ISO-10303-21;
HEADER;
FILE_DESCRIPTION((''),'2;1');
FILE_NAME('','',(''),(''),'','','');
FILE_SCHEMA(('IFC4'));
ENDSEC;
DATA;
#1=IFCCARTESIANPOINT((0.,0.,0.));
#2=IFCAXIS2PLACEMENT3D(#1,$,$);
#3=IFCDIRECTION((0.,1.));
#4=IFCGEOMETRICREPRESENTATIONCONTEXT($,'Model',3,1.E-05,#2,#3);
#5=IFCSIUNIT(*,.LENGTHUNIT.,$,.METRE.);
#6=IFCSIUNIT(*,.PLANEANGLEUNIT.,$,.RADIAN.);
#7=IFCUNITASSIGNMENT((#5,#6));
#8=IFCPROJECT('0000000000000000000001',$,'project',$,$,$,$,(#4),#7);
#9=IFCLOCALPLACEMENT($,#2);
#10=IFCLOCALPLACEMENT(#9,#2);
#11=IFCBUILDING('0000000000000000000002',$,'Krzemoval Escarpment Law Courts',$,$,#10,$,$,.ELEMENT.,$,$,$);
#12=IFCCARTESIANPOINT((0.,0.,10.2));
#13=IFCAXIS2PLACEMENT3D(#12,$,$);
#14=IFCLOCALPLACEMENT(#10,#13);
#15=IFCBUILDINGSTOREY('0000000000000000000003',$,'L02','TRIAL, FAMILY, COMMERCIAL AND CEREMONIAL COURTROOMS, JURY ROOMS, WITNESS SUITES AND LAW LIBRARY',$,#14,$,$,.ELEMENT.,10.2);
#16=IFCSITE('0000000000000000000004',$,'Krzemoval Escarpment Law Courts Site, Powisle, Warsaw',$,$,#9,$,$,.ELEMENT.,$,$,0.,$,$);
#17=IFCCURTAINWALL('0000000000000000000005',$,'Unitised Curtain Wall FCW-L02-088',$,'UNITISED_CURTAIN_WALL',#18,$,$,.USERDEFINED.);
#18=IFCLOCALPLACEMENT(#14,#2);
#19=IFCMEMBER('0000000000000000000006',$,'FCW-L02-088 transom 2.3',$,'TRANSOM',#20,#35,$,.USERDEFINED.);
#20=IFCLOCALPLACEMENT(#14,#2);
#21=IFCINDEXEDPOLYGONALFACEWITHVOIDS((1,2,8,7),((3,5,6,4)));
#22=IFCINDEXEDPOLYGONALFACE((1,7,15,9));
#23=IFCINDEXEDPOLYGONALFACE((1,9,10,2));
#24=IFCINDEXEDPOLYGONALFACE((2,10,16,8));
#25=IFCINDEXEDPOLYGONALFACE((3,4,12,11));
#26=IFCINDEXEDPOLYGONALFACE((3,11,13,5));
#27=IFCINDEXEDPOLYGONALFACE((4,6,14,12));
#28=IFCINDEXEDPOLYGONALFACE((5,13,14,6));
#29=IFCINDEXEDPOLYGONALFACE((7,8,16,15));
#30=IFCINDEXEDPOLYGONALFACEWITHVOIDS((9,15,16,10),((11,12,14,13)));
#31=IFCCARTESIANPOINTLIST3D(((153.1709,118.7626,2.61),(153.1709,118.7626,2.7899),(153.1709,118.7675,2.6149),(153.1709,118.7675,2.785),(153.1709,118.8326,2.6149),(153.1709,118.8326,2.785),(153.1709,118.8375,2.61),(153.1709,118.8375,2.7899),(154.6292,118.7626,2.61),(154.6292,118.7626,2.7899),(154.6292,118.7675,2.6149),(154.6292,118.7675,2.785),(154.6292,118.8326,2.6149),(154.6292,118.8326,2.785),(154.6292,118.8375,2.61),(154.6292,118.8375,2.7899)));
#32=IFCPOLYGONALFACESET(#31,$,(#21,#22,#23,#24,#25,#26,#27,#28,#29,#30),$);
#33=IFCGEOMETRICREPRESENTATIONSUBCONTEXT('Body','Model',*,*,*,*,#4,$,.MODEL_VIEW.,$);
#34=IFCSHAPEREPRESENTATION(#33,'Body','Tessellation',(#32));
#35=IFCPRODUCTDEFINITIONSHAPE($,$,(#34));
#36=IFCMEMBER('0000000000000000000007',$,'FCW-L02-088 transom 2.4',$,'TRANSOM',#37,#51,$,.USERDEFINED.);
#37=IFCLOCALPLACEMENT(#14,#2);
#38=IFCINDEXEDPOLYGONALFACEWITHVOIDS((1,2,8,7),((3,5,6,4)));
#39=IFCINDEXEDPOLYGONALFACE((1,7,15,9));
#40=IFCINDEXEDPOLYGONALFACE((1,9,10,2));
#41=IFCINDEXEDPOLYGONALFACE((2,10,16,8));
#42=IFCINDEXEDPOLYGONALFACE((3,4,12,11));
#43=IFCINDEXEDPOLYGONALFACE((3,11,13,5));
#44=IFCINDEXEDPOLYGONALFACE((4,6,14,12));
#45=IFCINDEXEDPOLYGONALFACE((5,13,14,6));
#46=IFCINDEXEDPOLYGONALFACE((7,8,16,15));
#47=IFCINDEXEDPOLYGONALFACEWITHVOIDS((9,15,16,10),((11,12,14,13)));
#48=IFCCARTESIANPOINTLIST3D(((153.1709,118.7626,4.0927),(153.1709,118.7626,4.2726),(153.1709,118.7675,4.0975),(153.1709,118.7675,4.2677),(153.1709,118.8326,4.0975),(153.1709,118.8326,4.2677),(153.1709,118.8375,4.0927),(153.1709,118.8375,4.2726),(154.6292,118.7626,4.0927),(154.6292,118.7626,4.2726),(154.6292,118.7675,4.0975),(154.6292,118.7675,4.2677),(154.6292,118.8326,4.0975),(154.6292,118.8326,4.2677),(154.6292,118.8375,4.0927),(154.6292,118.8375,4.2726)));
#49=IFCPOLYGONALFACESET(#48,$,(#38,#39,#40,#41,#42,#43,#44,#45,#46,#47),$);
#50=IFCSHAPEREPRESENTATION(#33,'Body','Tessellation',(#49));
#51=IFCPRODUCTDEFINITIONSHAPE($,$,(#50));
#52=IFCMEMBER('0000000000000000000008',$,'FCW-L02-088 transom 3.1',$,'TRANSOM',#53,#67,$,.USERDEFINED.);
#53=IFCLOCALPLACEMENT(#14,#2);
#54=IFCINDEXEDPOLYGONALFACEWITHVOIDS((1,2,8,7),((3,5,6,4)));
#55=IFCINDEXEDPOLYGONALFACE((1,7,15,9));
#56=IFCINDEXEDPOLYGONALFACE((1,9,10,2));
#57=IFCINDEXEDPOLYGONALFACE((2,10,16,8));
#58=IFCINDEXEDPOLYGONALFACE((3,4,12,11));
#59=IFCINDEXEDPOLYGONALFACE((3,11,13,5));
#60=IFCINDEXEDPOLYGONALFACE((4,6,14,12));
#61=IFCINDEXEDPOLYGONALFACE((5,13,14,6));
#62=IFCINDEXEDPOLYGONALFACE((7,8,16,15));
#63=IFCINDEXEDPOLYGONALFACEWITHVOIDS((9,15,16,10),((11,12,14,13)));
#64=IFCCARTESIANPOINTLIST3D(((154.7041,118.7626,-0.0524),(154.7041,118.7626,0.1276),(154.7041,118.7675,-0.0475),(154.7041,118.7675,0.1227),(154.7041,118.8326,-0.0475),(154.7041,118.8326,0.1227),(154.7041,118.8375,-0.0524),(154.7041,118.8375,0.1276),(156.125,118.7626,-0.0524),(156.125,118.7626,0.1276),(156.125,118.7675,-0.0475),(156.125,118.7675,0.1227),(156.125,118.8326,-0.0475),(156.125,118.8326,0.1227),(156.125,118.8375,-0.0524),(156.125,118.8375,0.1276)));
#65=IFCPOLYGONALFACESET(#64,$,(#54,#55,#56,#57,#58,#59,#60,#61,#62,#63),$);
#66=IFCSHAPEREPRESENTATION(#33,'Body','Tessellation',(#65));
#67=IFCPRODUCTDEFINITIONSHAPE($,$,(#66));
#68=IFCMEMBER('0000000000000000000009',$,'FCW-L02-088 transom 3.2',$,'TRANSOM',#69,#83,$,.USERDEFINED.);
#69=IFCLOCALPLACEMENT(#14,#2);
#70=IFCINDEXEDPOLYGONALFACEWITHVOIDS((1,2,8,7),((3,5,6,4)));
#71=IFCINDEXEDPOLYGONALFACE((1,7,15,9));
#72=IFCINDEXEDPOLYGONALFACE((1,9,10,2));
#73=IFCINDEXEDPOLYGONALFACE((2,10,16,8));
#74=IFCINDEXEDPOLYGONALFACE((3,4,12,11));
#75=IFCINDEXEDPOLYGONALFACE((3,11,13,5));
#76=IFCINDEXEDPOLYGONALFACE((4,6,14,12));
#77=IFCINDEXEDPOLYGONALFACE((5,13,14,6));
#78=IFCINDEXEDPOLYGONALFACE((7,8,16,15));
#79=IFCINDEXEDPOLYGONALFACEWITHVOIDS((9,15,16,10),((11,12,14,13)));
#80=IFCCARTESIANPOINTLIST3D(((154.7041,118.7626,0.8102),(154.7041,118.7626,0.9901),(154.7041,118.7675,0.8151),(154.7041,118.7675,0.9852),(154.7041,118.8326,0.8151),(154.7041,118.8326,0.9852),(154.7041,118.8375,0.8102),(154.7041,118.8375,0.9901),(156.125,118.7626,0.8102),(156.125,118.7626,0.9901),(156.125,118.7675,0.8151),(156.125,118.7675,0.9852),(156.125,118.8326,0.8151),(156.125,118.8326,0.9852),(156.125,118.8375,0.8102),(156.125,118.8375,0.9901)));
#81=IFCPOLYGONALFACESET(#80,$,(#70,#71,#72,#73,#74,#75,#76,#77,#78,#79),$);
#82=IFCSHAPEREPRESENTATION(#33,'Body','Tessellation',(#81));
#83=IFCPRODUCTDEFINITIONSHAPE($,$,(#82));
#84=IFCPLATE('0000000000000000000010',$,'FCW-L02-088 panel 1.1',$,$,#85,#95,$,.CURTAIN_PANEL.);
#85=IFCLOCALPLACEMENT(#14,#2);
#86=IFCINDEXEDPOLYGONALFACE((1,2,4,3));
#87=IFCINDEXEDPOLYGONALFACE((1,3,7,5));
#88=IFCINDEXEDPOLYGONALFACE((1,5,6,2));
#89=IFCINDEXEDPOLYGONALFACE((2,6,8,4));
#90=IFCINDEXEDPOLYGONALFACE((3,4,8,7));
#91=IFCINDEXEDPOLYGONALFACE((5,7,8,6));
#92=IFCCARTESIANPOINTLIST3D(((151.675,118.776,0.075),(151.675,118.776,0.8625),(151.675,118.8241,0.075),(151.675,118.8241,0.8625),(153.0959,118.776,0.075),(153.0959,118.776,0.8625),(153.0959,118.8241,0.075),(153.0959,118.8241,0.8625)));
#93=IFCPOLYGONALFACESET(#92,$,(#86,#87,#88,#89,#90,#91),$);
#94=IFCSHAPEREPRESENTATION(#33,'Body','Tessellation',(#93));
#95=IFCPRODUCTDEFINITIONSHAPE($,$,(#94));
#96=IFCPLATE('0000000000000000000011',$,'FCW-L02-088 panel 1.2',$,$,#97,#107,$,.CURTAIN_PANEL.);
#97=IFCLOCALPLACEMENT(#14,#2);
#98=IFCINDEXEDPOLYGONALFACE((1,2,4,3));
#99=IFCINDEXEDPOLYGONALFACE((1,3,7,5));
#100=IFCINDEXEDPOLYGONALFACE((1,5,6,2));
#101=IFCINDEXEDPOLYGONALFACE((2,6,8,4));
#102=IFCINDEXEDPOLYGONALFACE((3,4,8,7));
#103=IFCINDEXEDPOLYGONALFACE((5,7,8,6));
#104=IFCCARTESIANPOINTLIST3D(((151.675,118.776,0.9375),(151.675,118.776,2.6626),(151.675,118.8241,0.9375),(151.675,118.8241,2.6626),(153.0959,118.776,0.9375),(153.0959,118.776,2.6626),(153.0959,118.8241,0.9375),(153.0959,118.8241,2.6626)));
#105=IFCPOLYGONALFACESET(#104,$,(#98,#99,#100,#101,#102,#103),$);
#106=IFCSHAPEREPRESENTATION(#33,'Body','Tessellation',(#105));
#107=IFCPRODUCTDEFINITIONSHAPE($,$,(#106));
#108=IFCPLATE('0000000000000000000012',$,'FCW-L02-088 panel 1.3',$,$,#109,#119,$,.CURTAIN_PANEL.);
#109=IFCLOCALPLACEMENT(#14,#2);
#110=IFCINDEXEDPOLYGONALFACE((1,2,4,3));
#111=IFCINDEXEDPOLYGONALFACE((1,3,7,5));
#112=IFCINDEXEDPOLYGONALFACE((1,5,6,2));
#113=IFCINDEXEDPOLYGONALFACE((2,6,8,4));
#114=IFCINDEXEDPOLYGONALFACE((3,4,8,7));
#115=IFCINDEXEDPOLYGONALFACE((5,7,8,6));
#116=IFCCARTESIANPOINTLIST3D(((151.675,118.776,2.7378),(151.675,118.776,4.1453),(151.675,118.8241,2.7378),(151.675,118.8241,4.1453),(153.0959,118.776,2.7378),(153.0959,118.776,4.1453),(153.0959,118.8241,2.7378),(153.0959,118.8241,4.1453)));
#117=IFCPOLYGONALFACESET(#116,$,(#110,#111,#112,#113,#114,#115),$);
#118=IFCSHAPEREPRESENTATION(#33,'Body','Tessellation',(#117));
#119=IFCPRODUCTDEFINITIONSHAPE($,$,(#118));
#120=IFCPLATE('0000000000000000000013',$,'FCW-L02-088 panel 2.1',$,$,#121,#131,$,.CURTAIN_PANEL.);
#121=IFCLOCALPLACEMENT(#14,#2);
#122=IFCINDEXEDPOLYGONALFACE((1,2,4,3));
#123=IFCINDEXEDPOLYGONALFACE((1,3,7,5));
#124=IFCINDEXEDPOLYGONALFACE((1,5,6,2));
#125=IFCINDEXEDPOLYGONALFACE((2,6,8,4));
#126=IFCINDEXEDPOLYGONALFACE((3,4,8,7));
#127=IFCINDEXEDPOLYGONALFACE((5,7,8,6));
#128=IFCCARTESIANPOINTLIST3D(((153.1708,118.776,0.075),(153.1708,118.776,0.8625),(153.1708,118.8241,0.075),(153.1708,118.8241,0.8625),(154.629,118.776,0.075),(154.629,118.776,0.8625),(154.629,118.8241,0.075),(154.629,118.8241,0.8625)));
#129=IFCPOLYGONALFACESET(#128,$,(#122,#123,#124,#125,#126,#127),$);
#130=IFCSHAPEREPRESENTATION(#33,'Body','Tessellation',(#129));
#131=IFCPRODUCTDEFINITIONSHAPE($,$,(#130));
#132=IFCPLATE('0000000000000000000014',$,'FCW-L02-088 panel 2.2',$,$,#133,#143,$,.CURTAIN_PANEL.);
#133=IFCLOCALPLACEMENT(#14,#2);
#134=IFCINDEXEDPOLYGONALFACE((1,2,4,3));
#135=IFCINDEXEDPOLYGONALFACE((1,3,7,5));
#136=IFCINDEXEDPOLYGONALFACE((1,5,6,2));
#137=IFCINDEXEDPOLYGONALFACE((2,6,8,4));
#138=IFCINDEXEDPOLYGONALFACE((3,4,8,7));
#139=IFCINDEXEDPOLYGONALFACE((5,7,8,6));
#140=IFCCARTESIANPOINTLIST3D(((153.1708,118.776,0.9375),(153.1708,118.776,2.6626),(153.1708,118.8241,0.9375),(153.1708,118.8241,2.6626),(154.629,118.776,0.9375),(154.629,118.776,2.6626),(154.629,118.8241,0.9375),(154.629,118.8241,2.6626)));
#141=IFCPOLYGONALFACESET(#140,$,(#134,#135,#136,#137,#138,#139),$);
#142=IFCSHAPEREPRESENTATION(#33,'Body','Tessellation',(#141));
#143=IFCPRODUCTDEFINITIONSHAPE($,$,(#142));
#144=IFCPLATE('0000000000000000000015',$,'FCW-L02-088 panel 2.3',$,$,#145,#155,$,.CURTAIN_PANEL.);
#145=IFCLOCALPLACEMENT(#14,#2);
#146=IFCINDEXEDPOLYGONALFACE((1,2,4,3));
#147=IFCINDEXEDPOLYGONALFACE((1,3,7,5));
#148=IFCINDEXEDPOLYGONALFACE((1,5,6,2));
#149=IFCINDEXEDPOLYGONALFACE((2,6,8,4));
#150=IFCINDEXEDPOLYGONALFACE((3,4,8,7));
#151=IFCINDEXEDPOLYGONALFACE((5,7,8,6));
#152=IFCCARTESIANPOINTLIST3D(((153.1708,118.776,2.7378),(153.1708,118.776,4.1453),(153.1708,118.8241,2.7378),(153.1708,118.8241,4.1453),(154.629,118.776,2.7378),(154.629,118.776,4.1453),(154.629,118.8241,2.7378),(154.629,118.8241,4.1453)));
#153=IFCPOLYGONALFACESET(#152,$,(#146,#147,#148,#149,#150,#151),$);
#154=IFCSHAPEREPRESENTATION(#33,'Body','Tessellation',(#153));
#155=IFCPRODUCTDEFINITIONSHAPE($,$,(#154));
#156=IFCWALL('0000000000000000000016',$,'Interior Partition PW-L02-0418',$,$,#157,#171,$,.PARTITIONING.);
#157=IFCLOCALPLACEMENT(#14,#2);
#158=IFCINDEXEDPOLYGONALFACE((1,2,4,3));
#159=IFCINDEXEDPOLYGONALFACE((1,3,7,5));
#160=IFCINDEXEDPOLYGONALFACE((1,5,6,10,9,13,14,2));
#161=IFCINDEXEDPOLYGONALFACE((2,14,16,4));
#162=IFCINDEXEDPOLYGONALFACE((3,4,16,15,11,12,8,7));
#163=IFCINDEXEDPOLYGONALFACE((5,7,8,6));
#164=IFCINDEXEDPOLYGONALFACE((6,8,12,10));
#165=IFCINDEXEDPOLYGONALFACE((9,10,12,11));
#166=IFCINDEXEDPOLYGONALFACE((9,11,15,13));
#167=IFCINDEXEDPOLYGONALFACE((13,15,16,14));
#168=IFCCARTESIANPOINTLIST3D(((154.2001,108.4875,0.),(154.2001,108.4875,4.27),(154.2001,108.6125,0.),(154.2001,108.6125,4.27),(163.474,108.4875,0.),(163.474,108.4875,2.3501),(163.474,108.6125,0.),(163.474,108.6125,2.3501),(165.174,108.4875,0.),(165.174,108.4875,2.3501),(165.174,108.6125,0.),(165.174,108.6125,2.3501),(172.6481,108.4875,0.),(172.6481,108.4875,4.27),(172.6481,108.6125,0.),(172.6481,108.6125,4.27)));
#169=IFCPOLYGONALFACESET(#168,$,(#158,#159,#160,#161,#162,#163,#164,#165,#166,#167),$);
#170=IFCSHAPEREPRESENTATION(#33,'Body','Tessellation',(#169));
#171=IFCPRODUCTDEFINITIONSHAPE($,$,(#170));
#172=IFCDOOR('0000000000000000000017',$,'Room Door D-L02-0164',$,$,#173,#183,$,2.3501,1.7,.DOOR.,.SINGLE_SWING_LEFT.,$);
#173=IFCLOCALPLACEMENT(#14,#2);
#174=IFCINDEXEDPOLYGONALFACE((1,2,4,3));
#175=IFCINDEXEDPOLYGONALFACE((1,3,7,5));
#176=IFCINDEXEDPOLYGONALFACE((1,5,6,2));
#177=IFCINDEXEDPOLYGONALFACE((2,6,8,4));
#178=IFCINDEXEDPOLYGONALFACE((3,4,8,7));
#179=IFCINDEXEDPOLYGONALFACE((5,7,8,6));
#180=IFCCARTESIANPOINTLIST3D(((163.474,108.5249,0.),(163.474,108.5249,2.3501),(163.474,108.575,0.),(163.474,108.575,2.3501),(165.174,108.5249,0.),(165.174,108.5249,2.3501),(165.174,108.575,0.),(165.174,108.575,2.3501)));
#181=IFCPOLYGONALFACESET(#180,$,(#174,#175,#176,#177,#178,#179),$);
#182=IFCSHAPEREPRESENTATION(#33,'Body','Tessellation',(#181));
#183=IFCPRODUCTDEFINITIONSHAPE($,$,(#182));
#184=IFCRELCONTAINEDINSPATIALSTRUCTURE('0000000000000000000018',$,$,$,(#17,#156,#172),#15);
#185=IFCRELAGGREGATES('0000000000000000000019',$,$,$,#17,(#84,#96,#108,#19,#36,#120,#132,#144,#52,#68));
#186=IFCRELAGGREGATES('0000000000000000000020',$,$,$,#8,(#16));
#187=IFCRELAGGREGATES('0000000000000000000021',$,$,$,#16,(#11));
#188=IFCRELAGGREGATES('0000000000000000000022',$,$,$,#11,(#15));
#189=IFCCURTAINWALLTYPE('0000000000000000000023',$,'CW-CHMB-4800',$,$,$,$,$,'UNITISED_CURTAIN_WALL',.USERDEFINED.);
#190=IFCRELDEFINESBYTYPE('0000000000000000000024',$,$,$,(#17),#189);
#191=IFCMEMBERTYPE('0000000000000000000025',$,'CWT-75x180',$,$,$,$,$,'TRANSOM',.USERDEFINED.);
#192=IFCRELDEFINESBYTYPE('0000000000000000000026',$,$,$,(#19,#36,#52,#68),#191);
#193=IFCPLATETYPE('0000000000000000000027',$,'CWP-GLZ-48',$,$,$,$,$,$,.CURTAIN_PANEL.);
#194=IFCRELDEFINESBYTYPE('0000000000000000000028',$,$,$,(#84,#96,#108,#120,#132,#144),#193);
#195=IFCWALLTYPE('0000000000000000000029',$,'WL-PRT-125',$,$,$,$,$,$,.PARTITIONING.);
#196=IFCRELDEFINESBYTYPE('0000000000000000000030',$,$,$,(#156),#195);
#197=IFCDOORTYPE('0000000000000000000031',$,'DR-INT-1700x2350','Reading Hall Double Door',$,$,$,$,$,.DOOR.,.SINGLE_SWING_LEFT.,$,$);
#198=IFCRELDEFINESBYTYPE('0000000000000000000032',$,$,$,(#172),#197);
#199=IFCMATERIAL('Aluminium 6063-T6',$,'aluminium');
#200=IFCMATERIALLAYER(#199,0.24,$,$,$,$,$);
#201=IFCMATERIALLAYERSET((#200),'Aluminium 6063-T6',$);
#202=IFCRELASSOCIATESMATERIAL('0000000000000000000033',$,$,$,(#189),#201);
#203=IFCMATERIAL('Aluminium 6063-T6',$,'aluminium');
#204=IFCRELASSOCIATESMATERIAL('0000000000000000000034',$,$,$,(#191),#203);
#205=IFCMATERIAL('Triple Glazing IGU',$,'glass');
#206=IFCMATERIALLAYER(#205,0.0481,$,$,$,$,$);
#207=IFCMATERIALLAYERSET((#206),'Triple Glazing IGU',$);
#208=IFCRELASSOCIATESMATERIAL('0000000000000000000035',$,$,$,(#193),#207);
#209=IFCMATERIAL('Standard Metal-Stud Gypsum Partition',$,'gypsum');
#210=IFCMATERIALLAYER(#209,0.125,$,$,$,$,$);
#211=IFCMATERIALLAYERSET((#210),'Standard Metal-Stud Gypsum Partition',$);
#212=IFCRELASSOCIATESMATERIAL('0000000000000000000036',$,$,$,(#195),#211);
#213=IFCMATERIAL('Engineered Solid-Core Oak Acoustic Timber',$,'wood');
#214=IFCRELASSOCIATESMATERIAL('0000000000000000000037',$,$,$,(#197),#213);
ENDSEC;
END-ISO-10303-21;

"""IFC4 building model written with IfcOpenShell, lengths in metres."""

from ifc_helpers import new_model, si_unit, direction, frame, frame_2d, origin, origin_2d, place, context, subcontext, project, spatial, rectangle, hollow_rectangle, extrude, material, layer, layer_set, material_profile, profile_set, type_object, element, fill, aggregate, save


model = new_model("IFC4")

# Units and contexts
model_context = context("Model", 3, precision=1e-05, world=origin(), true_north=direction((0.0, 1.0)))
body_context = subcontext(model_context, "Body", "Model", "MODEL_VIEW")
ifc_project = project(units=[si_unit("LENGTHUNIT", "METRE"), si_unit("PLANEANGLEUNIT", "RADIAN")], contexts=[model_context])

# Site, building, storey
site_placement = place(None, origin())
site = spatial("IfcSite", under=ifc_project, at=site_placement, Name="Krzemoval Escarpment Law Courts Site, Powisle, Warsaw", CompositionType="ELEMENT", RefElevation=0.0)
building_placement = place(site_placement, origin())
building = spatial("IfcBuilding", under=site, at=building_placement, Name="Krzemoval Escarpment Law Courts", CompositionType="ELEMENT")
storey_placement = place(building_placement, frame((0.0, 0.0, 10.2)))
storey = spatial("IfcBuildingStorey", under=building, at=storey_placement, Name="L02", Description="TRIAL, FAMILY, COMMERCIAL AND CEREMONIAL COURTROOMS, JURY ROOMS, WITNESS SUITES AND LAW LIBRARY", CompositionType="ELEMENT", Elevation=10.2)

# Curtain wall, members, plates
ifc_material_1 = material(Name="Aluminium 6063-T6", Category="aluminium")
ifc_layer_1 = layer(ifc_material_1, 0.24)
ifc_layer_set_1 = layer_set([ifc_layer_1], Name="Aluminium 6063-T6")
curtain_wall_type = type_object("IfcCurtainWallType", Name="CW-CHMB-4800", ElementType="UNITISED_CURTAIN_WALL", PredefinedType="USERDEFINED", material=ifc_layer_set_1)
curtain_wall_placement = place(storey_placement, origin())
curtain_wall = element("IfcCurtainWall", 1, at=curtain_wall_placement, inside=storey, type_object=curtain_wall_type, Name="Unitised Curtain Wall FCW-L02-088", ObjectType="UNITISED_CURTAIN_WALL", PredefinedType="USERDEFINED")
ifc_material_2 = material(Name="Aluminium 6063-T6", Category="aluminium")
ifc_material_profile_1 = material_profile(ifc_material_2, hollow_rectangle(XDim=0.075, YDim=0.1799, WallThickness=0.0049, at=origin_2d()), Name="ALU T75x180")
ifc_profile_set_1 = profile_set([ifc_material_profile_1], Name="Aluminium 6063-T6")
member_type_1 = type_object("IfcMemberType", Name="CWT-75x180", ElementType="TRANSOM", PredefinedType="USERDEFINED", material=ifc_profile_set_1)
member_1_placement = place(storey_placement, frame((153.1709, 118.8, 2.7), z_axis=(1.0, 0.0, 0.0), x_axis=(0.0, 1.0, 0.0)))
member_1 = element("IfcMember", 2, at=member_1_placement, type_object=member_type_1, Name="FCW-L02-088 transom 2.3", ObjectType="TRANSOM", PredefinedType="USERDEFINED", context=body_context, shape_type="SweptSolid", body=[
    extrude(hollow_rectangle(XDim=0.075, YDim=0.1799, WallThickness=0.0049, at=origin_2d()), origin(), (0.0, 0.0, 1.0), 1.4583),
])
member_2_placement = place(storey_placement, frame((153.1709, 118.8, 4.1826), z_axis=(1.0, 0.0, 0.0), x_axis=(0.0, 1.0, 0.0)))
member_2 = element("IfcMember", 3, at=member_2_placement, type_object=member_type_1, Name="FCW-L02-088 transom 2.4", ObjectType="TRANSOM", PredefinedType="USERDEFINED", context=body_context, shape_type="SweptSolid", body=[
    extrude(hollow_rectangle(XDim=0.075, YDim=0.1799, WallThickness=0.0049, at=origin_2d()), origin(), (0.0, 0.0, 1.0), 1.4583),
])
member_3_placement = place(storey_placement, frame((154.7041, 118.8, 0.0376), z_axis=(1.0, 0.0, 0.0), x_axis=(0.0, 1.0, 0.0)))
member_3 = element("IfcMember", 4, at=member_3_placement, type_object=member_type_1, Name="FCW-L02-088 transom 3.1", ObjectType="TRANSOM", PredefinedType="USERDEFINED", context=body_context, shape_type="SweptSolid", body=[
    extrude(hollow_rectangle(XDim=0.075, YDim=0.1799, WallThickness=0.0049, at=origin_2d()), origin(), (0.0, 0.0, 1.0), 1.4209),
])
member_4_placement = place(storey_placement, frame((154.7041, 118.8, 0.9001), z_axis=(1.0, 0.0, 0.0), x_axis=(0.0, 1.0, 0.0)))
member_4 = element("IfcMember", 5, at=member_4_placement, type_object=member_type_1, Name="FCW-L02-088 transom 3.2", ObjectType="TRANSOM", PredefinedType="USERDEFINED", context=body_context, shape_type="SweptSolid", body=[
    extrude(hollow_rectangle(XDim=0.075, YDim=0.1799, WallThickness=0.0049, at=origin_2d()), origin(), (0.0, 0.0, 1.0), 1.4209),
])
ifc_material_3 = material(Name="Triple Glazing IGU", Category="glass")
ifc_layer_2 = layer(ifc_material_3, 0.0481)
ifc_layer_set_2 = layer_set([ifc_layer_2], Name="Triple Glazing IGU")
plate_type = type_object("IfcPlateType", Name="CWP-GLZ-48", PredefinedType="CURTAIN_PANEL", material=ifc_layer_set_2)
plate_1_placement = place(storey_placement, frame((152.3855, 118.8, 0.075), z_axis=(0.0, 0.0, 1.0), x_axis=(1.0, 0.0, 0.0)))
plate_1 = element("IfcPlate", 6, at=plate_1_placement, type_object=plate_type, Name="FCW-L02-088 panel 1.1", PredefinedType="CURTAIN_PANEL", context=body_context, shape_type="SweptSolid", body=[
    extrude(rectangle(XDim=1.4209, YDim=0.0481, at=origin_2d()), origin(), (0.0, 0.0, 1.0), 0.7876),
])
plate_2_placement = place(storey_placement, frame((152.3855, 118.8, 0.9375), z_axis=(0.0, 0.0, 1.0), x_axis=(1.0, 0.0, 0.0)))
plate_2 = element("IfcPlate", 7, at=plate_2_placement, type_object=plate_type, Name="FCW-L02-088 panel 1.2", PredefinedType="CURTAIN_PANEL", context=body_context, shape_type="SweptSolid", body=[
    extrude(rectangle(XDim=1.4209, YDim=0.0481, at=origin_2d()), origin(), (0.0, 0.0, 1.0), 1.7251),
])
plate_3_placement = place(storey_placement, frame((152.3855, 118.8, 2.7378), z_axis=(0.0, 0.0, 1.0), x_axis=(1.0, 0.0, 0.0)))
plate_3 = element("IfcPlate", 8, at=plate_3_placement, type_object=plate_type, Name="FCW-L02-088 panel 1.3", PredefinedType="CURTAIN_PANEL", context=body_context, shape_type="SweptSolid", body=[
    extrude(rectangle(XDim=1.4209, YDim=0.0481, at=origin_2d()), origin(), (0.0, 0.0, 1.0), 1.4075),
])
plate_4_placement = place(storey_placement, frame((153.8999, 118.8, 0.075), z_axis=(0.0, 0.0, 1.0), x_axis=(1.0, 0.0, 0.0)))
plate_4 = element("IfcPlate", 9, at=plate_4_placement, type_object=plate_type, Name="FCW-L02-088 panel 2.1", PredefinedType="CURTAIN_PANEL", context=body_context, shape_type="SweptSolid", body=[
    extrude(rectangle(XDim=1.4583, YDim=0.0481, at=origin_2d()), origin(), (0.0, 0.0, 1.0), 0.7876),
])
plate_5_placement = place(storey_placement, frame((153.8999, 118.8, 0.9375), z_axis=(0.0, 0.0, 1.0), x_axis=(1.0, 0.0, 0.0)))
plate_5 = element("IfcPlate", 10, at=plate_5_placement, type_object=plate_type, Name="FCW-L02-088 panel 2.2", PredefinedType="CURTAIN_PANEL", context=body_context, shape_type="SweptSolid", body=[
    extrude(rectangle(XDim=1.4583, YDim=0.0481, at=origin_2d()), origin(), (0.0, 0.0, 1.0), 1.7251),
])
plate_6_placement = place(storey_placement, frame((153.8999, 118.8, 2.7378), z_axis=(0.0, 0.0, 1.0), x_axis=(1.0, 0.0, 0.0)))
plate_6 = element("IfcPlate", 11, at=plate_6_placement, type_object=plate_type, Name="FCW-L02-088 panel 2.3", PredefinedType="CURTAIN_PANEL", context=body_context, shape_type="SweptSolid", body=[
    extrude(rectangle(XDim=1.4583, YDim=0.0481, at=origin_2d()), origin(), (0.0, 0.0, 1.0), 1.4075),
])
aggregate(curtain_wall, [plate_1, plate_2, plate_3, member_1, member_2, plate_4, plate_5, plate_6, member_3, member_4])

# Wall, opening, door
ifc_material_4 = material(Name="Standard Metal-Stud Gypsum Partition", Category="gypsum")
ifc_layer_3 = layer(ifc_material_4, 0.125)
ifc_layer_set_3 = layer_set([ifc_layer_3], Name="Standard Metal-Stud Gypsum Partition")
wall_type = type_object("IfcWallType", Name="WL-PRT-125", PredefinedType="PARTITIONING", material=ifc_layer_set_3)
wall_placement = place(storey_placement, frame((154.2, 108.55, 0.0), z_axis=(0.0, 0.0, 1.0), x_axis=(1.0, 0.0, 0.0)))
wall = element("IfcWall", 12, at=wall_placement, inside=storey, type_object=wall_type, Name="Interior Partition PW-L02-0418", PredefinedType="PARTITIONING", context=body_context, shape_type="SweptSolid", body=[
    extrude(rectangle(XDim=18.448, YDim=0.125, at=frame_2d((9.2241, 0.0))), origin(), (0.0, 0.0, 1.0), 4.27),
])
opening_placement = place(wall_placement, frame((9.2739, 0.0, 0.0)))
opening = element("IfcOpeningElement", 13, at=opening_placement, cuts=wall, PredefinedType="OPENING", context=body_context, shape_type="SweptSolid", body=[
    extrude(rectangle(XDim=1.7, YDim=2.3501, at=frame_2d((0.8501, 1.175))), frame((0.0, 0.0775, 0.0), z_axis=(0.0, -1.0, 0.0), x_axis=(1.0, 0.0, 0.0)), (0.0, 0.0, 1.0), 0.155),
])
ifc_material_5 = material(Name="Engineered Solid-Core Oak Acoustic Timber", Category="wood")
door_type = type_object("IfcDoorType", Name="DR-INT-1700x2350", Description="Reading Hall Double Door", OperationType="SINGLE_SWING_LEFT", PredefinedType="DOOR", material=ifc_material_5)
door_placement = place(opening_placement, origin())
door = element("IfcDoor", 14, at=door_placement, inside=storey, type_object=door_type, Name="Room Door D-L02-0164", OperationType="SINGLE_SWING_LEFT", OverallHeight=2.3501, OverallWidth=1.7, PredefinedType="DOOR", context=body_context, shape_type="SweptSolid", body=[
    extrude(rectangle(XDim=1.7, YDim=2.3501, at=frame_2d((0.8501, 1.175))), frame((0.0, 0.0249, 0.0), z_axis=(0.0, -1.0, 0.0), x_axis=(1.0, 0.0, 0.0)), (0.0, 0.0, 1.0), 0.05),
])
fill(opening, door)

save(model, "model.ifc")
